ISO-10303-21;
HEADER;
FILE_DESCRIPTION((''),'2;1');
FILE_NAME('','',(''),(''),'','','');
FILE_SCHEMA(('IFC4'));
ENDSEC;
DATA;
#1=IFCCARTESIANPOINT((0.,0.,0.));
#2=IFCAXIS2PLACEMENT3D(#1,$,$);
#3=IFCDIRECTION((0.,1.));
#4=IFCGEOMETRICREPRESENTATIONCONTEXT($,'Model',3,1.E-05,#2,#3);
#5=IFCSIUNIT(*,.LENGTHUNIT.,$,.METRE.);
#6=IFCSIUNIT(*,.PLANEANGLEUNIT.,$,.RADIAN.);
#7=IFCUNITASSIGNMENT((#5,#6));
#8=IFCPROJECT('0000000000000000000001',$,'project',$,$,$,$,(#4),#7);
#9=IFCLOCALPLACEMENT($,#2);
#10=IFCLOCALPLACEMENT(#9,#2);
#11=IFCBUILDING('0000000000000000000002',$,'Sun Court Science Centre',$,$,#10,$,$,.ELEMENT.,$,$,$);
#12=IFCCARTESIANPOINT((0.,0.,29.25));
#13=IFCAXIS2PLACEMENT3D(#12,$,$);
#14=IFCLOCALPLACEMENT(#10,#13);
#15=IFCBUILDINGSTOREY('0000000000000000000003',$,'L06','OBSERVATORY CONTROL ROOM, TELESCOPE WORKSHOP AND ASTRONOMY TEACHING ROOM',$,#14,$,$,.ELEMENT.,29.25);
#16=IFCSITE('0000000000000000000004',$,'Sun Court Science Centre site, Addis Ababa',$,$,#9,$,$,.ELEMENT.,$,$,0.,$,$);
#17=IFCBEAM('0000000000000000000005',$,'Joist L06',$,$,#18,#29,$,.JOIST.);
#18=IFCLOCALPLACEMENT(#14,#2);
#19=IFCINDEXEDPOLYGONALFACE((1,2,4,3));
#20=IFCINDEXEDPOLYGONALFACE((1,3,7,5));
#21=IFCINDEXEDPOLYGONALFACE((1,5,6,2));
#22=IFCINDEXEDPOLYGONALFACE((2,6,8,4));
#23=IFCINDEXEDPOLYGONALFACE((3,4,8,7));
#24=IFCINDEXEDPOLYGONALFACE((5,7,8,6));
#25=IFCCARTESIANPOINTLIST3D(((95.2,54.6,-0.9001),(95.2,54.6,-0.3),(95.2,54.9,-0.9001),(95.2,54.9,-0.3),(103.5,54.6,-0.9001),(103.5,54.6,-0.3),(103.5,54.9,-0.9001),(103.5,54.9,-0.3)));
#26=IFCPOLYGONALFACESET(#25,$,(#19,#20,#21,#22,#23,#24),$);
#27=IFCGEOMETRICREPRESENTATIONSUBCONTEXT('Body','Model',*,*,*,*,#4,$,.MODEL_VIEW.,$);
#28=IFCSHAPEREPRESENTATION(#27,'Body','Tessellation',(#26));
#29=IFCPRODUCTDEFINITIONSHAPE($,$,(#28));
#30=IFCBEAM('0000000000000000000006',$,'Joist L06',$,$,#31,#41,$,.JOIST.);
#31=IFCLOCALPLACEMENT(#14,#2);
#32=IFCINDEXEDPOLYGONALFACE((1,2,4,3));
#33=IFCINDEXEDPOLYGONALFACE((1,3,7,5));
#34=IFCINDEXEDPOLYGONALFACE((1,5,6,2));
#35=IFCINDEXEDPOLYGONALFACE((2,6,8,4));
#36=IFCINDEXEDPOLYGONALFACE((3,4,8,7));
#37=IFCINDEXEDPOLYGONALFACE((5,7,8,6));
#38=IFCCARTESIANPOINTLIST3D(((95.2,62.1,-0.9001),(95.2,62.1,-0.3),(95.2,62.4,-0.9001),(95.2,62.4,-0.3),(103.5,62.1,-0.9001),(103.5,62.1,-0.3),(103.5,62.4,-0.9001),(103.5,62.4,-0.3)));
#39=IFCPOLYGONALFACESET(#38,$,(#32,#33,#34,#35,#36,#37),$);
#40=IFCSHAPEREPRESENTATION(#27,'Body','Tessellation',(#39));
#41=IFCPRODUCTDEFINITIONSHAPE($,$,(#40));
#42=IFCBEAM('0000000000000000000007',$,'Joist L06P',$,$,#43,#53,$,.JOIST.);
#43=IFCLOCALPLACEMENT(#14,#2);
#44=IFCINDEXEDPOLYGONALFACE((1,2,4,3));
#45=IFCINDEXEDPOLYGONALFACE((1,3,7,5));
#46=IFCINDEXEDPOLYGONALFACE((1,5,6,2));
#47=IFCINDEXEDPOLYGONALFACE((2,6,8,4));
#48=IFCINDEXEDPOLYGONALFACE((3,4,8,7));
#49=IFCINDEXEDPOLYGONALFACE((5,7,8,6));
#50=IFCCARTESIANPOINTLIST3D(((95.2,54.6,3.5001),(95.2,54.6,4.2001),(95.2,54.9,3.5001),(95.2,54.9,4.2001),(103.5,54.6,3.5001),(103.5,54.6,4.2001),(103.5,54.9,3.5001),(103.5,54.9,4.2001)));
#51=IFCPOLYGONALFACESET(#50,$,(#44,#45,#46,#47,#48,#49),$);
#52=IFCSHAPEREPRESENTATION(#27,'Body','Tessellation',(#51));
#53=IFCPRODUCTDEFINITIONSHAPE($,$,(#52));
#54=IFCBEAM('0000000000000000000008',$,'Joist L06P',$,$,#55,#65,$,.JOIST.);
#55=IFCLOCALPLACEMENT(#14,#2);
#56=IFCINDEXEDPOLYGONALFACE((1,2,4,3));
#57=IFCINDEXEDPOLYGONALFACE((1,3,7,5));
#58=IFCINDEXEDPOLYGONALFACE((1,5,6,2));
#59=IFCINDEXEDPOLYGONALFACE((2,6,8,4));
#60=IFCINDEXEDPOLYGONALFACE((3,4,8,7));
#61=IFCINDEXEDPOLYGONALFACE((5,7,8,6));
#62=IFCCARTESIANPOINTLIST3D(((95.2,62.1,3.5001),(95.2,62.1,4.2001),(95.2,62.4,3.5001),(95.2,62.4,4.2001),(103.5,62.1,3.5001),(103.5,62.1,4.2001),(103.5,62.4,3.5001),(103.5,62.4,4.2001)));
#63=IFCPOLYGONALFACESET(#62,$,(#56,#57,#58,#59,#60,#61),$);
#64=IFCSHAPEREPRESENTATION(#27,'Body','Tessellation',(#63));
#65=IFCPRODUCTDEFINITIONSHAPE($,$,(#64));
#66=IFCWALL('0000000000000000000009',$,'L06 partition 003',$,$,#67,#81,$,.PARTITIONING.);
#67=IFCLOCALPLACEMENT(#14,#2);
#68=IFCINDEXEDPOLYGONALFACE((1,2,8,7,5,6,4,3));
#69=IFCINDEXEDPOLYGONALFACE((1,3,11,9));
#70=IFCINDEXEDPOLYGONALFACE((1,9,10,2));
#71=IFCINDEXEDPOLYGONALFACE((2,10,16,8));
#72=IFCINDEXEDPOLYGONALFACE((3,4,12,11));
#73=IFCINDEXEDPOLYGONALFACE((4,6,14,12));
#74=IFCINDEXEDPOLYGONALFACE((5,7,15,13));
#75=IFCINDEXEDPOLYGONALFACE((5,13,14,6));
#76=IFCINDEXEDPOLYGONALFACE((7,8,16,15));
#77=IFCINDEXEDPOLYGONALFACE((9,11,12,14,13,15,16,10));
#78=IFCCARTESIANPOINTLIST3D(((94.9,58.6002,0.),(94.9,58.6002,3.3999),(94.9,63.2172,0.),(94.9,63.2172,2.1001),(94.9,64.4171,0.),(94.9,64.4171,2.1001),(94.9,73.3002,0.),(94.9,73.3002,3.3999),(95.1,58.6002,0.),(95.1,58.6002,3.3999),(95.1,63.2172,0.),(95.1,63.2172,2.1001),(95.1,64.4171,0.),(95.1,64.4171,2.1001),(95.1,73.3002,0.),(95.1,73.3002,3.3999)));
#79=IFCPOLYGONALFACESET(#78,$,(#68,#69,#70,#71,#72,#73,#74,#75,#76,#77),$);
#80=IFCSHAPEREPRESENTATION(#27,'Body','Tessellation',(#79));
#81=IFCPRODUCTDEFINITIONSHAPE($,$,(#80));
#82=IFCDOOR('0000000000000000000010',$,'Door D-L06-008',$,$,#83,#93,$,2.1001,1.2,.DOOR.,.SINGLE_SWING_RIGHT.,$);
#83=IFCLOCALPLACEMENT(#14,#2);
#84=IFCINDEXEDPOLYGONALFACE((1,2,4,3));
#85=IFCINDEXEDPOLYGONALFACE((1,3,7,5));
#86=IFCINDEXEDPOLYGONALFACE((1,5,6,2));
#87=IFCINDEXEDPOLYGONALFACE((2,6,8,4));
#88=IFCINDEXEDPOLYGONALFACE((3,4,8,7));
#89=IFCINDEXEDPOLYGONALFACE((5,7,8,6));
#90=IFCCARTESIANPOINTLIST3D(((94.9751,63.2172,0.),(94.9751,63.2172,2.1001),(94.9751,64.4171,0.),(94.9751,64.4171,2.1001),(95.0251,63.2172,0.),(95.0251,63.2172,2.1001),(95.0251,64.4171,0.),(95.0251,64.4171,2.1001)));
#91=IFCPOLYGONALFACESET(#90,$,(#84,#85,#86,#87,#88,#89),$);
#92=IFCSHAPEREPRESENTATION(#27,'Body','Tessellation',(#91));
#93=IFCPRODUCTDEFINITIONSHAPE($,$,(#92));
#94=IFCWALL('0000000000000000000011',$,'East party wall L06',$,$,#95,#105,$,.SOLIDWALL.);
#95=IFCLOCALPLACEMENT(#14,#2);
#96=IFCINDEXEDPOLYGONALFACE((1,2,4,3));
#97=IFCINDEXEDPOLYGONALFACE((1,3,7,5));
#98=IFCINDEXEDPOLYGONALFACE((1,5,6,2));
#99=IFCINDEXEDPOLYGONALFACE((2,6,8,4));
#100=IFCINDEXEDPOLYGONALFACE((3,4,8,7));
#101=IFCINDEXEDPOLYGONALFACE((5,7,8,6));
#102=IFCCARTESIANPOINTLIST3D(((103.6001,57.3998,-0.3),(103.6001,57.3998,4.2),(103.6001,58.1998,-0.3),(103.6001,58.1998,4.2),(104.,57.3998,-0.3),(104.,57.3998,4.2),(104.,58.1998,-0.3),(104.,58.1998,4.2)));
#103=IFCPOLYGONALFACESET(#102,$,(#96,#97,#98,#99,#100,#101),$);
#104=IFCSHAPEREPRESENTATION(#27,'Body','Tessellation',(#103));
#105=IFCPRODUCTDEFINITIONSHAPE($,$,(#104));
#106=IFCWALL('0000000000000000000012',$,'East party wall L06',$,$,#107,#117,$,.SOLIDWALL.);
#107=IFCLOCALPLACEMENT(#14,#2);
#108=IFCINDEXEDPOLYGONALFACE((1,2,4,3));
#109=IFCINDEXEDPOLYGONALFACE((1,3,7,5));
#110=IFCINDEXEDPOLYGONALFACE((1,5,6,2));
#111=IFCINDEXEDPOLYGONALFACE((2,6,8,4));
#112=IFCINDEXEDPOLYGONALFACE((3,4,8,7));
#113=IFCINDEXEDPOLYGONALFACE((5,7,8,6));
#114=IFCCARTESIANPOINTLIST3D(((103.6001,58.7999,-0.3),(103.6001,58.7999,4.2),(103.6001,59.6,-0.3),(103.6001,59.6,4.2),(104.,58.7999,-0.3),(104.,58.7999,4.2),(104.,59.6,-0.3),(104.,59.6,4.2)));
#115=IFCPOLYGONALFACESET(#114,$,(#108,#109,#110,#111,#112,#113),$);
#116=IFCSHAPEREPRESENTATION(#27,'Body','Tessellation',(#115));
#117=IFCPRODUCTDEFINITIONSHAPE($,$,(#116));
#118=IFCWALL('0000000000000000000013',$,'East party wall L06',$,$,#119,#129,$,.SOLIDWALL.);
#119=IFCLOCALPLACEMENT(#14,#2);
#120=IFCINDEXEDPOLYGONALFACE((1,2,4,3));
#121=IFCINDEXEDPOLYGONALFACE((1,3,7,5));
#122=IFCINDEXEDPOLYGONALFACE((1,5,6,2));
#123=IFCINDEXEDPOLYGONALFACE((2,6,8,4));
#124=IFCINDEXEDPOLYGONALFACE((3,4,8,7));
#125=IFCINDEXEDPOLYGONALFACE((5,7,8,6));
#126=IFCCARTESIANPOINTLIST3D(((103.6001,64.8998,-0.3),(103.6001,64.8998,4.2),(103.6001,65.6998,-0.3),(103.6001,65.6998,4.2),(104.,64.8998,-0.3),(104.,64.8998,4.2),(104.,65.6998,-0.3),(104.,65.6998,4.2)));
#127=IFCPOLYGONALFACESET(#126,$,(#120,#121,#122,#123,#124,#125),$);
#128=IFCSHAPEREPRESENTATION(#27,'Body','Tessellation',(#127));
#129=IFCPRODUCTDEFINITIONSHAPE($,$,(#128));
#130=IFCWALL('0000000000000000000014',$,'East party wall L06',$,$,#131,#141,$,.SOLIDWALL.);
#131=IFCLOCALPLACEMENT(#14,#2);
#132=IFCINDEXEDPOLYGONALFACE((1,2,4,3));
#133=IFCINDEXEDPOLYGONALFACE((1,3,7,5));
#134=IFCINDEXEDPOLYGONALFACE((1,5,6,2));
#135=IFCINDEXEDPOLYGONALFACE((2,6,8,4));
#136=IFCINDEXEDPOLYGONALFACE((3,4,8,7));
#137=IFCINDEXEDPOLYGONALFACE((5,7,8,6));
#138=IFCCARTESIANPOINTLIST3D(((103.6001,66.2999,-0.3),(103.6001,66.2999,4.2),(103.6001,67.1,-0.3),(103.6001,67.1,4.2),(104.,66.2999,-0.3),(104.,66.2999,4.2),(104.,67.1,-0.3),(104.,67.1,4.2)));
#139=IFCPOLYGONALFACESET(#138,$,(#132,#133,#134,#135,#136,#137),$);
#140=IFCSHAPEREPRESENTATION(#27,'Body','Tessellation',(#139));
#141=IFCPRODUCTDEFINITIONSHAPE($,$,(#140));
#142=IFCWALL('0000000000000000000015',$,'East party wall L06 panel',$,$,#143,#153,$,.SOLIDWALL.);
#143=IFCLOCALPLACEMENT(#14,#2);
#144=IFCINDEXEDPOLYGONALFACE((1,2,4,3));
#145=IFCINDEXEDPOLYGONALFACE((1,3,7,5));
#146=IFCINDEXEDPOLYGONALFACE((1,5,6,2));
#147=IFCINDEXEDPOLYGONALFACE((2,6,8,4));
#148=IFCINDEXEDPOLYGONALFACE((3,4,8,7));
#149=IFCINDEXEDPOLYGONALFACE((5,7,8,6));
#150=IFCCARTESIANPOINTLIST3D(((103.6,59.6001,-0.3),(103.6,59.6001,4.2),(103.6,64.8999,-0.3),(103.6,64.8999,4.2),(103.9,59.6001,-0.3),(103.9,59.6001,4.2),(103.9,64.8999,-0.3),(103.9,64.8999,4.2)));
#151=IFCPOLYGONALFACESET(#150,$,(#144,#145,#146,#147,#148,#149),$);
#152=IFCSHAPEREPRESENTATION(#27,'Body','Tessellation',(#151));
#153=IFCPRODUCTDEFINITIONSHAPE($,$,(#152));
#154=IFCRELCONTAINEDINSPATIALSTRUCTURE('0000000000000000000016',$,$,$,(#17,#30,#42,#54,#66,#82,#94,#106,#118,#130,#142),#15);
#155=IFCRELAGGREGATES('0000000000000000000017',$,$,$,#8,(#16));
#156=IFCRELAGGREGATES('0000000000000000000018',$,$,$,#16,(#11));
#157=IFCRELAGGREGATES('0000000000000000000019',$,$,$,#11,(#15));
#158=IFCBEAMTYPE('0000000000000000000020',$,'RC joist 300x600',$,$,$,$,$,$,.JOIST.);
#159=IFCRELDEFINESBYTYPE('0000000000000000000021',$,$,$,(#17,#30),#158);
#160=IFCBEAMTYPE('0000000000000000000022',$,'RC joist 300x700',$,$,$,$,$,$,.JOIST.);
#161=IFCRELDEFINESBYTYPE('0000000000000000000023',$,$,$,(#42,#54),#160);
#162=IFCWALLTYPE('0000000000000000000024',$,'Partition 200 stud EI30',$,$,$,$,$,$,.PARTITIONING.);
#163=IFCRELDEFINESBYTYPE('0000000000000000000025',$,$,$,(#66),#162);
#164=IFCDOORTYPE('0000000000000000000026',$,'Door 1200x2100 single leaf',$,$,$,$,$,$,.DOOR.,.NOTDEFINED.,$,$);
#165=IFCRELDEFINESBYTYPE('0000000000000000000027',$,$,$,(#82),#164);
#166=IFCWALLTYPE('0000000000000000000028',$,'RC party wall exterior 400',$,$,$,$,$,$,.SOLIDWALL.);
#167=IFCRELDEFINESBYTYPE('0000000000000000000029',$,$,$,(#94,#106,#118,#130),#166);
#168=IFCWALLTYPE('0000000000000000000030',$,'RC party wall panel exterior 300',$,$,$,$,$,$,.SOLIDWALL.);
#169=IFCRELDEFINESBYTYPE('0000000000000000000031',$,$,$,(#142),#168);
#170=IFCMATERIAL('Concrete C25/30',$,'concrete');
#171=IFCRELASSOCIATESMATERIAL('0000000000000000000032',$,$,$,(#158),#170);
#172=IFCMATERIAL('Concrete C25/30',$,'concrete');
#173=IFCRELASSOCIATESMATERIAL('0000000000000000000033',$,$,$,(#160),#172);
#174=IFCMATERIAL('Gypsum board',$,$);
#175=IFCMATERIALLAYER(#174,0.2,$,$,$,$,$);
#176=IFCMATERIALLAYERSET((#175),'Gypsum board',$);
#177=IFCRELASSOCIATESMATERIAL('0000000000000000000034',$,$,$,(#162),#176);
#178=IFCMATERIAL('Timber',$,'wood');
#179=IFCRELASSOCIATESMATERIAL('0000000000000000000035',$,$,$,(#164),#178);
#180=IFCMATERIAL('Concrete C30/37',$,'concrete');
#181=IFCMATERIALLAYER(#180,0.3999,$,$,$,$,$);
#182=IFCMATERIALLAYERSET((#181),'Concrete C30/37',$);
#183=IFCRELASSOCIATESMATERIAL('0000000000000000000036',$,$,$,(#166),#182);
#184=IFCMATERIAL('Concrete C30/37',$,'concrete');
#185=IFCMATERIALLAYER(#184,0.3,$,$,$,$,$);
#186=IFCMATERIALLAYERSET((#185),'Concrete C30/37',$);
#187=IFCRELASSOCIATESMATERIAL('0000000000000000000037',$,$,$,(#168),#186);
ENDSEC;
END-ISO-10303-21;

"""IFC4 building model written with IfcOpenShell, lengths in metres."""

from ifc_helpers import new_model, si_unit, direction, frame, frame_2d, origin, origin_2d, place, context, subcontext, project, spatial, rectangle, extrude, material, layer, layer_set, material_profile, profile_set, type_object, element, fill, save


model = new_model("IFC4")

# Units and contexts
model_context = context("Model", 3, precision=1e-05, world=origin(), true_north=direction((0.0, 1.0)))
body_context = subcontext(model_context, "Body", "Model", "MODEL_VIEW")
ifc_project = project(units=[si_unit("LENGTHUNIT", "METRE"), si_unit("PLANEANGLEUNIT", "RADIAN")], contexts=[model_context])

# Site, building, storey
site_placement = place(None, origin())
site = spatial("IfcSite", under=ifc_project, at=site_placement, Name="Sun Court Science Centre site, Addis Ababa", CompositionType="ELEMENT", RefElevation=0.0)
building_placement = place(site_placement, origin())
building = spatial("IfcBuilding", under=site, at=building_placement, Name="Sun Court Science Centre", CompositionType="ELEMENT")
storey_placement = place(building_placement, frame((0.0, 0.0, 29.25)))
storey = spatial("IfcBuildingStorey", under=building, at=storey_placement, Name="L06", Description="OBSERVATORY CONTROL ROOM, TELESCOPE WORKSHOP AND ASTRONOMY TEACHING ROOM", CompositionType="ELEMENT", Elevation=29.25)

# Beams
ifc_material_1 = material(Name="Concrete C25/30", Category="concrete")
ifc_material_profile_1 = material_profile(ifc_material_1, rectangle(XDim=0.3, YDim=0.6001, at=origin_2d()), Name="RC 300x600")
ifc_profile_set_1 = profile_set([ifc_material_profile_1], Name="Concrete C25/30")
beam_type_1 = type_object("IfcBeamType", Name="RC joist 300x600", PredefinedType="JOIST", material=ifc_profile_set_1)
for number, where, z_axis, x_axis, name in (
    (1, (95.2, 54.75, -0.6001), (1.0, 0.0, 0.0), (0.0, 1.0, 0.0), "Joist L06"),
    (2, (95.2, 62.25, -0.6001), (1.0, 0.0, 0.0), (0.0, 1.0, 0.0), "Joist L06"),
):
    element("IfcBeam", number, at=place(storey_placement, frame(where, z_axis=z_axis, x_axis=x_axis)), inside=storey, type_object=beam_type_1, Name=name, PredefinedType="JOIST", context=body_context, shape_type="SweptSolid", body=[
        extrude(rectangle(XDim=0.3, YDim=0.6001, at=origin_2d()), origin(), (0.0, 0.0, 1.0), 8.3),
    ])
ifc_material_2 = material(Name="Concrete C25/30", Category="concrete")
ifc_material_profile_2 = material_profile(ifc_material_2, rectangle(XDim=0.3, YDim=0.7, at=origin_2d()), Name="RC 300x700")
ifc_profile_set_2 = profile_set([ifc_material_profile_2], Name="Concrete C25/30")
beam_type_2 = type_object("IfcBeamType", Name="RC joist 300x700", PredefinedType="JOIST", material=ifc_profile_set_2)
for number, where, z_axis, x_axis, name in (
    (3, (95.2, 54.75, 3.8501), (1.0, 0.0, 0.0), (0.0, 1.0, 0.0), "Joist L06P"),
    (4, (95.2, 62.25, 3.8501), (1.0, 0.0, 0.0), (0.0, 1.0, 0.0), "Joist L06P"),
):
    element("IfcBeam", number, at=place(storey_placement, frame(where, z_axis=z_axis, x_axis=x_axis)), inside=storey, type_object=beam_type_2, Name=name, PredefinedType="JOIST", context=body_context, shape_type="SweptSolid", body=[
        extrude(rectangle(XDim=0.3, YDim=0.7, at=origin_2d()), origin(), (0.0, 0.0, 1.0), 8.3),
    ])

# Wall, opening, door
ifc_material_3 = material(Name="Gypsum board")
ifc_layer_1 = layer(ifc_material_3, 0.2)
ifc_layer_set_1 = layer_set([ifc_layer_1], Name="Gypsum board")
wall_type_1 = type_object("IfcWallType", Name="Partition 200 stud EI30", PredefinedType="PARTITIONING", material=ifc_layer_set_1)
wall_1_placement = place(storey_placement, frame((95.0, 58.6001, 0.0), z_axis=(0.0, 0.0, 1.0), x_axis=(0.0, 1.0, 0.0)))
wall_1 = element("IfcWall", 5, at=wall_1_placement, inside=storey, type_object=wall_type_1, Name="L06 partition 003", PredefinedType="PARTITIONING", context=body_context, shape_type="SweptSolid", body=[
    extrude(rectangle(XDim=14.7, YDim=0.2, at=frame_2d((7.3501, 0.0))), origin(), (0.0, 0.0, 1.0), 3.3999),
])
opening_placement = place(wall_1_placement, frame((4.6169, 0.0, 0.0)))
opening = element("IfcOpeningElement", 6, at=opening_placement, cuts=wall_1, PredefinedType="OPENING", context=body_context, shape_type="SweptSolid", body=[
    extrude(rectangle(XDim=1.2, YDim=2.1001, at=frame_2d((0.6001, 1.05))), frame((0.0, 0.1099, 0.0), z_axis=(0.0, -1.0, 0.0), x_axis=(1.0, 0.0, 0.0)), (0.0, 0.0, 1.0), 0.22),
])
ifc_material_4 = material(Name="Timber", Category="wood")
door_type = type_object("IfcDoorType", Name="Door 1200x2100 single leaf", OperationType="NOTDEFINED", PredefinedType="DOOR", material=ifc_material_4)
door_placement = place(opening_placement, origin())
door = element("IfcDoor", 7, at=door_placement, inside=storey, type_object=door_type, Name="Door D-L06-008", OperationType="SINGLE_SWING_RIGHT", OverallHeight=2.1001, OverallWidth=1.2, PredefinedType="DOOR", context=body_context, shape_type="SweptSolid", body=[
    extrude(rectangle(XDim=1.2, YDim=2.1001, at=frame_2d((0.6001, 1.05))), frame((0.0, 0.0249, 0.0), z_axis=(0.0, -1.0, 0.0), x_axis=(1.0, 0.0, 0.0)), (0.0, 0.0, 1.0), 0.05),
])
fill(opening, door)

# Walls
ifc_material_5 = material(Name="Concrete C30/37", Category="concrete")
ifc_layer_2 = layer(ifc_material_5, 0.3999)
ifc_layer_set_2 = layer_set([ifc_layer_2], Name="Concrete C30/37")
wall_type_2 = type_object("IfcWallType", Name="RC party wall exterior 400", PredefinedType="SOLIDWALL", material=ifc_layer_set_2)
for number, where, z_axis, x_axis, name in (
    (8, (103.8, 57.3999, -0.3), (0.0, 0.0, 1.0), (0.0, 1.0, 0.0), "East party wall L06"),
    (9, (103.8, 58.8, -0.3), (0.0, 0.0, 1.0), (0.0, 1.0, 0.0), "East party wall L06"),
    (10, (103.8, 64.8999, -0.3), (0.0, 0.0, 1.0), (0.0, 1.0, 0.0), "East party wall L06"),
    (11, (103.8, 66.3, -0.3), (0.0, 0.0, 1.0), (0.0, 1.0, 0.0), "East party wall L06"),
):
    element("IfcWall", number, at=place(storey_placement, frame(where, z_axis=z_axis, x_axis=x_axis)), inside=storey, type_object=wall_type_2, Name=name, PredefinedType="SOLIDWALL", context=body_context, shape_type="SweptSolid", body=[
        extrude(rectangle(XDim=0.8, YDim=0.3999, at=frame_2d((0.3999, 0.0))), origin(), (0.0, 0.0, 1.0), 4.5),
    ])
ifc_material_6 = material(Name="Concrete C30/37", Category="concrete")
ifc_layer_3 = layer(ifc_material_6, 0.3)
ifc_layer_set_3 = layer_set([ifc_layer_3], Name="Concrete C30/37")
wall_type_3 = type_object("IfcWallType", Name="RC party wall panel exterior 300", PredefinedType="SOLIDWALL", material=ifc_layer_set_3)
wall_2_placement = place(storey_placement, frame((103.75, 59.6001, -0.3), z_axis=(0.0, 0.0, 1.0), x_axis=(0.0, 1.0, 0.0)))
element("IfcWall", 12, at=wall_2_placement, inside=storey, type_object=wall_type_3, Name="East party wall L06 panel", PredefinedType="SOLIDWALL", context=body_context, shape_type="SweptSolid", body=[
    extrude(rectangle(XDim=5.2998, YDim=0.3, at=frame_2d((2.6499, 0.0))), origin(), (0.0, 0.0, 1.0), 4.5),
])

save(model, "model.ifc")
